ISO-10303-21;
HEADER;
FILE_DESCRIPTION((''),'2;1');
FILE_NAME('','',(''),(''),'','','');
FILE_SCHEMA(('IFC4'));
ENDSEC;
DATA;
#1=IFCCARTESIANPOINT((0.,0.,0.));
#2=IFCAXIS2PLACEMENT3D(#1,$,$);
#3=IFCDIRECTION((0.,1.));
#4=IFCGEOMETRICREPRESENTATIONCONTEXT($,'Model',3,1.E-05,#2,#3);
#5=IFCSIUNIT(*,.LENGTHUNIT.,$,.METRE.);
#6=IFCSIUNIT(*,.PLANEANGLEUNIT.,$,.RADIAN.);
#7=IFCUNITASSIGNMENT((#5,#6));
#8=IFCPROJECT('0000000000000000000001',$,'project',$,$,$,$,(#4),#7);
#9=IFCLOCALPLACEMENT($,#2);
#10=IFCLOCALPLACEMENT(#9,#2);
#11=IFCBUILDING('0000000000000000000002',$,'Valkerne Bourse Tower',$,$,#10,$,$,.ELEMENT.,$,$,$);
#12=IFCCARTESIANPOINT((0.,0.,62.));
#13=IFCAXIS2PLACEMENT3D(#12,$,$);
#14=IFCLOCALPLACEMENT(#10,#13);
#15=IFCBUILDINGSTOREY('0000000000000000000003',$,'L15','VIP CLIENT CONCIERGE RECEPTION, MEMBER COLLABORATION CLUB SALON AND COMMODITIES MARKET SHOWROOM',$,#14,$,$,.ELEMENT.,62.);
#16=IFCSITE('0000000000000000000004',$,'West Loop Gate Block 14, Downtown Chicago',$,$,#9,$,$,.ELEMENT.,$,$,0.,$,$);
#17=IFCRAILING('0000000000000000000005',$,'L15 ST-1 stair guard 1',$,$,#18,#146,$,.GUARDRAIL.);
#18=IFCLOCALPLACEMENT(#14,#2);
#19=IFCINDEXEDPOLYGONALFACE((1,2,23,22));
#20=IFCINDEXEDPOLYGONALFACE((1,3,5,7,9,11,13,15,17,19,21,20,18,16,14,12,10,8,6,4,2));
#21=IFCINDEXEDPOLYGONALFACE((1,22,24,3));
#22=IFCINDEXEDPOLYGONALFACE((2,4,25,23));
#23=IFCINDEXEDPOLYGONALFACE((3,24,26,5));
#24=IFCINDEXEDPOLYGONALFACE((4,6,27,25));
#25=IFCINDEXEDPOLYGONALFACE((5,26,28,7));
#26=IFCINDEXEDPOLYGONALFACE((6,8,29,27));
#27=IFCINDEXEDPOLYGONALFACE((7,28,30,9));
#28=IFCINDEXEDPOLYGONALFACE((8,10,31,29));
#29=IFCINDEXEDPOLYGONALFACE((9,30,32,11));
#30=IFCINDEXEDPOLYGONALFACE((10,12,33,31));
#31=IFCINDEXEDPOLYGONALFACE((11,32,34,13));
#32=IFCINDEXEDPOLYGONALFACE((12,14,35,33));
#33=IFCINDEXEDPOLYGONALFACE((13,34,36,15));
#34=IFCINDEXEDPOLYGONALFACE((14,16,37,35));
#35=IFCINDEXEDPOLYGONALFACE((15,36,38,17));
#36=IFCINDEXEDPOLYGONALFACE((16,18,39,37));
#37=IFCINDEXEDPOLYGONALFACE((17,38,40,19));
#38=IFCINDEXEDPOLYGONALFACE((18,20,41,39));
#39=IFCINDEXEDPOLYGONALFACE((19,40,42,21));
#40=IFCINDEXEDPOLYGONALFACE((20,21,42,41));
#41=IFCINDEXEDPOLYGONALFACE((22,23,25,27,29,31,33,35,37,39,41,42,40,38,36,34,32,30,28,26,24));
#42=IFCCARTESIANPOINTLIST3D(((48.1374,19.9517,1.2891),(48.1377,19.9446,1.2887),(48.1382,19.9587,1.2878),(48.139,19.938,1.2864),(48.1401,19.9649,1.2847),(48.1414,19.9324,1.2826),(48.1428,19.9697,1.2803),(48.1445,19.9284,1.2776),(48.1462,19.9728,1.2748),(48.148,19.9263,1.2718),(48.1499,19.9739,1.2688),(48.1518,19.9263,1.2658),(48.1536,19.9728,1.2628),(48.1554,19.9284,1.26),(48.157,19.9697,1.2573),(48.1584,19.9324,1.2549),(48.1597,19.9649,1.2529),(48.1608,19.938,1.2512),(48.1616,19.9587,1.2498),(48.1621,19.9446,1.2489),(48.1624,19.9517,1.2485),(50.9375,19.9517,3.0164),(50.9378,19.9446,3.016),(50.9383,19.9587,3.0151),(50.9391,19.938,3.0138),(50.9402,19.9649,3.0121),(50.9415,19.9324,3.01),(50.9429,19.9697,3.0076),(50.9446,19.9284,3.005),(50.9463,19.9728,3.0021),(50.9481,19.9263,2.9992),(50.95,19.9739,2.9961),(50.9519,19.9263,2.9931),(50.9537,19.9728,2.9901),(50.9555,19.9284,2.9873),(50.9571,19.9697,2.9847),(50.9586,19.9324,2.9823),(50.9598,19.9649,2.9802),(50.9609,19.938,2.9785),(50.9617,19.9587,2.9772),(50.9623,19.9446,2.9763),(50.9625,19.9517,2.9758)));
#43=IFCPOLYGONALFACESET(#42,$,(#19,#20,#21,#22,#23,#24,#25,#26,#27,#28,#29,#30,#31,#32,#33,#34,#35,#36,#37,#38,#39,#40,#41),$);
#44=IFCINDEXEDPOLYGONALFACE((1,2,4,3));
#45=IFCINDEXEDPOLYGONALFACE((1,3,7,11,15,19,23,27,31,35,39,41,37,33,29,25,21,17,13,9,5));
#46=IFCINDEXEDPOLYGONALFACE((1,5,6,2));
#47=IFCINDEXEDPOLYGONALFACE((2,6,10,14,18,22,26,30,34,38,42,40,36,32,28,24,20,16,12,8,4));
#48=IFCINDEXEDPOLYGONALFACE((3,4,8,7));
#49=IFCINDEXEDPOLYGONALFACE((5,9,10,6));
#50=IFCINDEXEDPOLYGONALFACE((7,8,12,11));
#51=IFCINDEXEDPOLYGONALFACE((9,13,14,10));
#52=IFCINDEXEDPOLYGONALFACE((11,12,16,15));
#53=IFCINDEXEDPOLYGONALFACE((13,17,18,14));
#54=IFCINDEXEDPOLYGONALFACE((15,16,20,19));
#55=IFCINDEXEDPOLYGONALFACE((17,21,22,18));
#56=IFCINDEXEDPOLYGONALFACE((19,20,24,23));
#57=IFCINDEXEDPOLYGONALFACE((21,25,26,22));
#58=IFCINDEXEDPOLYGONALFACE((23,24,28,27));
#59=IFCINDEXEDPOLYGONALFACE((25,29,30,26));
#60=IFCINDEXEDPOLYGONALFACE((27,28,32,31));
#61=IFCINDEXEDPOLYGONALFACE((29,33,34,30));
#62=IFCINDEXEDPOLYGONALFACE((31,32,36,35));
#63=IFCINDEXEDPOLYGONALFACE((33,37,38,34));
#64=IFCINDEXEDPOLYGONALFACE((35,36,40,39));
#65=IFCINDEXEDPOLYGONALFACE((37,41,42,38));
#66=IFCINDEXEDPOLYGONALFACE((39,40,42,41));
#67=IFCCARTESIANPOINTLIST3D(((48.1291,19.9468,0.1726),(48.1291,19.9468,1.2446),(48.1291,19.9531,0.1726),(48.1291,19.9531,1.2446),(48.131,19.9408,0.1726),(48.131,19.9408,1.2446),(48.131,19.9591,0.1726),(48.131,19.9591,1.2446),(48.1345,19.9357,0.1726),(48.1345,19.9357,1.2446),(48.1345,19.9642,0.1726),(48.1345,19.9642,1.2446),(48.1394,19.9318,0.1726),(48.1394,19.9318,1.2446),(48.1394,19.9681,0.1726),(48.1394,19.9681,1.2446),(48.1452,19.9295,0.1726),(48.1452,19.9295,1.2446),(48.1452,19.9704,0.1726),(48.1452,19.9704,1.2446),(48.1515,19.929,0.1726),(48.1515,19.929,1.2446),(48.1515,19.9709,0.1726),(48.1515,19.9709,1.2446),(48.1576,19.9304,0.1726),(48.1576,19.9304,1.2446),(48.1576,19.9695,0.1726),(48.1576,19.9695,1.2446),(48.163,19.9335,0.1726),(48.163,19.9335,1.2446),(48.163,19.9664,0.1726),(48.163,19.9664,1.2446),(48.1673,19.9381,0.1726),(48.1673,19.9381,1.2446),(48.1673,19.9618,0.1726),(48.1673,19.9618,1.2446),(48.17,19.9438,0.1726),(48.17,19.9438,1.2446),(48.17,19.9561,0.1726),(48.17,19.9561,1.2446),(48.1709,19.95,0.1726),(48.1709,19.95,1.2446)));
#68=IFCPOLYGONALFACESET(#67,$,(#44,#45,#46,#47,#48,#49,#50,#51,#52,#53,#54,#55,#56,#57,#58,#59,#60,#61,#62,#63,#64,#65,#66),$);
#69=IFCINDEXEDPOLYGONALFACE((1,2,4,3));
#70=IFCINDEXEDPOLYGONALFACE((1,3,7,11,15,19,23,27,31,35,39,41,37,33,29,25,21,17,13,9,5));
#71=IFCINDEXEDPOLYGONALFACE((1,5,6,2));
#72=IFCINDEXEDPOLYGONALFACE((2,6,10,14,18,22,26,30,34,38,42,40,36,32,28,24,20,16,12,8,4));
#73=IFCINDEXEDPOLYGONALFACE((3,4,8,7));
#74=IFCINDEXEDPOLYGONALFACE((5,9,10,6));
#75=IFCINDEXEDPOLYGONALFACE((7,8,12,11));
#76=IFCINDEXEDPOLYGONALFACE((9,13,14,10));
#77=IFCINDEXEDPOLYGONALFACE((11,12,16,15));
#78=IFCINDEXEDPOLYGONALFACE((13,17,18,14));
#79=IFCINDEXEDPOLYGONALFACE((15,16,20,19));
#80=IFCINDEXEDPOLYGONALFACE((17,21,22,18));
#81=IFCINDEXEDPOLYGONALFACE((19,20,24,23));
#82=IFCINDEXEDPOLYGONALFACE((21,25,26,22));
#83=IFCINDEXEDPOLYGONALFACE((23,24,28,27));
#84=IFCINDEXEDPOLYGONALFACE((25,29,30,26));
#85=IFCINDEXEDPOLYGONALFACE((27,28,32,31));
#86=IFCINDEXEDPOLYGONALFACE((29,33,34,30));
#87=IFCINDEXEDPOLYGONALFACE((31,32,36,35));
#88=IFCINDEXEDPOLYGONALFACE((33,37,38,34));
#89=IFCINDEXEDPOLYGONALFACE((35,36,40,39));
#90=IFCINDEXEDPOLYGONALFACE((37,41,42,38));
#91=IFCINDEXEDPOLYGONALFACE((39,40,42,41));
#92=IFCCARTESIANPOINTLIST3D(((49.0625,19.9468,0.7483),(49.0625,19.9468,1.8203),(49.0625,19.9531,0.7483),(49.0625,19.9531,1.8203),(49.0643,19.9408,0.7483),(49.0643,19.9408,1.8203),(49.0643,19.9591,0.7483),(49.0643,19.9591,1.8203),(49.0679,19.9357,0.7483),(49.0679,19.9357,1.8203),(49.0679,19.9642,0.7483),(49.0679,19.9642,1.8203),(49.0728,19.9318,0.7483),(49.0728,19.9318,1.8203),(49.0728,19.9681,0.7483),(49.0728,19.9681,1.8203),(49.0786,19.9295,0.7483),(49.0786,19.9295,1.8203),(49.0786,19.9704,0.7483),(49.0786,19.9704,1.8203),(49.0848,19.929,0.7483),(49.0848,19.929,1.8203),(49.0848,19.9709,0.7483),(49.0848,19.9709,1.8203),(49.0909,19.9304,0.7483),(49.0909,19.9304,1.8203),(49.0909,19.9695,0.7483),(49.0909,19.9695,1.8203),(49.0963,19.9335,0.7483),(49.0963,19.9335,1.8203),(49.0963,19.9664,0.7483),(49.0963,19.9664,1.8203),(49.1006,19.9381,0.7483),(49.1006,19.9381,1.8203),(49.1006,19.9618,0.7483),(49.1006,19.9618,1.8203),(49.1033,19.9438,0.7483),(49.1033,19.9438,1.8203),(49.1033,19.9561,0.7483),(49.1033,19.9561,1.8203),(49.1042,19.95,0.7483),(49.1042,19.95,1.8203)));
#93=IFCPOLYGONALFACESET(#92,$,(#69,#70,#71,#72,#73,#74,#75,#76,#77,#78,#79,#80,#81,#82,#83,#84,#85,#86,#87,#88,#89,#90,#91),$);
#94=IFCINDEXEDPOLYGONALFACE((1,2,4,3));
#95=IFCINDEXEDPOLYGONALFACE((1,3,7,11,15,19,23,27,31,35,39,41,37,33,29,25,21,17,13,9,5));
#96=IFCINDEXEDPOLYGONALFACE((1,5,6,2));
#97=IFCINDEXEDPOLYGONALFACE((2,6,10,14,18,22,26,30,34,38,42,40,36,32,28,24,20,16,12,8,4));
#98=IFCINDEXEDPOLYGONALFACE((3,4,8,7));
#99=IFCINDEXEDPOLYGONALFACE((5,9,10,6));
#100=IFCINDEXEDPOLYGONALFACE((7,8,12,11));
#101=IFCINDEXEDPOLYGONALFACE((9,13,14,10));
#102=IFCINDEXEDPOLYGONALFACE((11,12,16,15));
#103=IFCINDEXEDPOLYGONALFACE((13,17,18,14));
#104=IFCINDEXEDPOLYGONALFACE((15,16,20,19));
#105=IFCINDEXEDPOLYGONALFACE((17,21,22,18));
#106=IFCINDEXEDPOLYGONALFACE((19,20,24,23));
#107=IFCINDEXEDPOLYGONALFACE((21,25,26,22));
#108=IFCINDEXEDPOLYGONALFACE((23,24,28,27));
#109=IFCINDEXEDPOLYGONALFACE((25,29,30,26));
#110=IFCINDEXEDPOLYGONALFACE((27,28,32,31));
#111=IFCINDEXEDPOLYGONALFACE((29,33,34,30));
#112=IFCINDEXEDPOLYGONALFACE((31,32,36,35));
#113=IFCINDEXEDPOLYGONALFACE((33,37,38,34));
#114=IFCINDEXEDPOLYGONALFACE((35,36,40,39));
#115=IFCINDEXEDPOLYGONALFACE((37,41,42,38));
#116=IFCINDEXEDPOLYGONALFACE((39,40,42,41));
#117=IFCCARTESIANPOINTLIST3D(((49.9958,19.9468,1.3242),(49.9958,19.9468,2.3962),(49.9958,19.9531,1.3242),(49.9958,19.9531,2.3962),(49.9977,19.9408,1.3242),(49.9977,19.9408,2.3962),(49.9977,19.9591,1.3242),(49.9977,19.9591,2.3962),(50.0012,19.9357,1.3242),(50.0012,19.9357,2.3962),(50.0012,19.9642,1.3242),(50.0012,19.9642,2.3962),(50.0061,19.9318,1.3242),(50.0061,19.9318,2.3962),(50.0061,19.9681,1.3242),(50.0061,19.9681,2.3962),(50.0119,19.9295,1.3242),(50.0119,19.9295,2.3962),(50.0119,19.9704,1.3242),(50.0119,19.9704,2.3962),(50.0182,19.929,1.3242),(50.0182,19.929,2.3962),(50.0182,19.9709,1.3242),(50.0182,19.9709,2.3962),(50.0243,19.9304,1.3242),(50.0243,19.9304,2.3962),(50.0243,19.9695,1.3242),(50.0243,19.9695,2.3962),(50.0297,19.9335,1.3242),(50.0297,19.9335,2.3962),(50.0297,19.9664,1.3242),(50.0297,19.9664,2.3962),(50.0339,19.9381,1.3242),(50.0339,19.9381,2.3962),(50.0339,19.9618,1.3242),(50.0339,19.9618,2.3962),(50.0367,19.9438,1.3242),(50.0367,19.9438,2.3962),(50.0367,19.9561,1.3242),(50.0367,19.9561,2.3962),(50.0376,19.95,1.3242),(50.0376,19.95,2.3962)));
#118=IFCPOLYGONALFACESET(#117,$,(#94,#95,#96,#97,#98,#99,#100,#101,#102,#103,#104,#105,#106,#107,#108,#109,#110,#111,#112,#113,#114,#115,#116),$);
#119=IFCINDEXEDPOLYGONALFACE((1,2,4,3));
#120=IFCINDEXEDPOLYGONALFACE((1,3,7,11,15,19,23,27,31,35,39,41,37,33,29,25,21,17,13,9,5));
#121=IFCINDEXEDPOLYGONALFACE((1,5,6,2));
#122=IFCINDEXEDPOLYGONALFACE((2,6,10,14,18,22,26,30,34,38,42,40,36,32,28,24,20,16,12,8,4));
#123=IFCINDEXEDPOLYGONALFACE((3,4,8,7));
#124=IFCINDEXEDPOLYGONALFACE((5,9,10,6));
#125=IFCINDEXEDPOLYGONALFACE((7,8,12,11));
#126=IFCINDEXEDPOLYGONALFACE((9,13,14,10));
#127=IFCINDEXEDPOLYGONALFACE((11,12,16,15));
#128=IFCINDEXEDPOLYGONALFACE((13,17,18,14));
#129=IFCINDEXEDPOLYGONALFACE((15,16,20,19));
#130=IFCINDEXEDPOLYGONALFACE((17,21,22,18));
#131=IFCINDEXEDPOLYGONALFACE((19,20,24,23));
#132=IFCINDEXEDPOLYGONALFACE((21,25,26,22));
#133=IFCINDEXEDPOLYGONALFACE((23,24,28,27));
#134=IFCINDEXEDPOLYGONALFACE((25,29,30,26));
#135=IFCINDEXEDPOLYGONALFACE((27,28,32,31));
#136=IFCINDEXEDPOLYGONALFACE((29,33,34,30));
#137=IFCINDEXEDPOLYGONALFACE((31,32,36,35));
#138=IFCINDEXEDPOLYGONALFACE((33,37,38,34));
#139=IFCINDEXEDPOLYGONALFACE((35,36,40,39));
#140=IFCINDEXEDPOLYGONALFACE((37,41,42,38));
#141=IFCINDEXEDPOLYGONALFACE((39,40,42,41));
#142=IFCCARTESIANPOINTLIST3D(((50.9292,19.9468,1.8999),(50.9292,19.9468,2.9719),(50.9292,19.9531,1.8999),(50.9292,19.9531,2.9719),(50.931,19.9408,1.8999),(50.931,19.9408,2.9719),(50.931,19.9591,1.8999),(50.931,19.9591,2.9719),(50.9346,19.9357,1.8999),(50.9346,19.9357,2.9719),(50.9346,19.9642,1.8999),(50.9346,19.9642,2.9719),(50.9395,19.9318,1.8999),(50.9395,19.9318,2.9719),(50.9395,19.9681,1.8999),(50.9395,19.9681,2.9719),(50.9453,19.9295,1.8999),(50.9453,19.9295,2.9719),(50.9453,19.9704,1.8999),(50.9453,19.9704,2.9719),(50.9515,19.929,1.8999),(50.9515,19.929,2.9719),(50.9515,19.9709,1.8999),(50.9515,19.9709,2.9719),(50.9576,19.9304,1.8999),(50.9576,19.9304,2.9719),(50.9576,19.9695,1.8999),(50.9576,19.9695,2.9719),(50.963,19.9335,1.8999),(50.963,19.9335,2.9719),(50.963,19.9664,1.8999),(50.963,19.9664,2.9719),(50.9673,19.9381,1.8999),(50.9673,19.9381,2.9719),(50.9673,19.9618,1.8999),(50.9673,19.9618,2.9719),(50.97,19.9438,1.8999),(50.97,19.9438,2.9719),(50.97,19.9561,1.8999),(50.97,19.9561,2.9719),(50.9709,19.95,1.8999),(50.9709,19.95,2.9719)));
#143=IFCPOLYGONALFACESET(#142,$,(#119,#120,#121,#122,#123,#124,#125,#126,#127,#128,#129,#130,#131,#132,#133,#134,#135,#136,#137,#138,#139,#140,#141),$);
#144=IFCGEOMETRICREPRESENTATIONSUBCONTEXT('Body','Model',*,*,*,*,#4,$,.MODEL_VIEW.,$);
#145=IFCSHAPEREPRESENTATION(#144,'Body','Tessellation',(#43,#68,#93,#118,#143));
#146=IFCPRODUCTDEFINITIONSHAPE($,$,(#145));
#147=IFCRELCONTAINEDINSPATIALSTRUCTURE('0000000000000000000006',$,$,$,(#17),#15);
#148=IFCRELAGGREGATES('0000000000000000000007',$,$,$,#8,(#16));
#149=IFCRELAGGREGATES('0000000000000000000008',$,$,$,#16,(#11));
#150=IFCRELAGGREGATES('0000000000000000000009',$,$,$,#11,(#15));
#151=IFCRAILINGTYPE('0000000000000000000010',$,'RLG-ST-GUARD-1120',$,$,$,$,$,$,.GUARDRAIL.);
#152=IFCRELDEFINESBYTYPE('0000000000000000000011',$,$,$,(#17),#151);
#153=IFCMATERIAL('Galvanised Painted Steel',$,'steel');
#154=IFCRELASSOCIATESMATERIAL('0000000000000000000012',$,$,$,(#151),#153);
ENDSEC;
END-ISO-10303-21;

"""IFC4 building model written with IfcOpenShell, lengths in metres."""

from ifc_helpers import new_model, si_unit, direction, frame, origin, origin_2d, place, context, subcontext, project, spatial, circle, extrude, material, type_object, element, save


model = new_model("IFC4")

# Units and contexts
model_context = context("Model", 3, precision=1e-05, world=origin(), true_north=direction((0.0, 1.0)))
body_context = subcontext(model_context, "Body", "Model", "MODEL_VIEW")
ifc_project = project(units=[si_unit("LENGTHUNIT", "METRE"), si_unit("PLANEANGLEUNIT", "RADIAN")], contexts=[model_context])

# Site, building, storey
site_placement = place(None, origin())
site = spatial("IfcSite", under=ifc_project, at=site_placement, Name="West Loop Gate Block 14, Downtown Chicago", CompositionType="ELEMENT", RefElevation=0.0)
building_placement = place(site_placement, origin())
building = spatial("IfcBuilding", under=site, at=building_placement, Name="Valkerne Bourse Tower", CompositionType="ELEMENT")
storey_placement = place(building_placement, frame((0.0, 0.0, 62.0)))
storey = spatial("IfcBuildingStorey", under=building, at=storey_placement, Name="L15", Description="VIP CLIENT CONCIERGE RECEPTION, MEMBER COLLABORATION CLUB SALON AND COMMODITIES MARKET SHOWROOM", CompositionType="ELEMENT", Elevation=62.0)

# Shared definitions
ifc_material_1 = material(Name="Galvanised Painted Steel", Category="steel")

# Railing
railing_type_1 = type_object("IfcRailingType", Name="RLG-ST-GUARD-1120", PredefinedType="GUARDRAIL", material=ifc_material_1)
railing_1_placement = place(storey_placement, frame((48.1499, 19.95, 0.1726)))
element("IfcRailing", 1, at=railing_1_placement, inside=storey, type_object=railing_type_1, Name="L15 ST-1 stair guard 1", PredefinedType="GUARDRAIL", context=body_context, shape_type="SweptSolid", body=[
    extrude(circle(Radius=0.0239, at=origin_2d()), frame((0.0, 0.0, 1.0962), z_axis=(0.85109, 0.0, 0.52502), x_axis=(0.0, 1.0, 0.0)), (0.0, 0.0, 1.0), 3.29),
    extrude(circle(Radius=0.021, at=origin_2d()), origin(), (0.0, 0.0, 1.0), 1.072),
    extrude(circle(Radius=0.021, at=origin_2d()), frame((0.9333, 0.0, 0.5757)), (0.0, 0.0, 1.0), 1.072),
    extrude(circle(Radius=0.021, at=origin_2d()), frame((1.8667, 0.0, 1.1516)), (0.0, 0.0, 1.0), 1.072),
    extrude(circle(Radius=0.021, at=origin_2d()), frame((2.8, 0.0, 1.7273)), (0.0, 0.0, 1.0), 1.072),
])

save(model, "model.ifc")
